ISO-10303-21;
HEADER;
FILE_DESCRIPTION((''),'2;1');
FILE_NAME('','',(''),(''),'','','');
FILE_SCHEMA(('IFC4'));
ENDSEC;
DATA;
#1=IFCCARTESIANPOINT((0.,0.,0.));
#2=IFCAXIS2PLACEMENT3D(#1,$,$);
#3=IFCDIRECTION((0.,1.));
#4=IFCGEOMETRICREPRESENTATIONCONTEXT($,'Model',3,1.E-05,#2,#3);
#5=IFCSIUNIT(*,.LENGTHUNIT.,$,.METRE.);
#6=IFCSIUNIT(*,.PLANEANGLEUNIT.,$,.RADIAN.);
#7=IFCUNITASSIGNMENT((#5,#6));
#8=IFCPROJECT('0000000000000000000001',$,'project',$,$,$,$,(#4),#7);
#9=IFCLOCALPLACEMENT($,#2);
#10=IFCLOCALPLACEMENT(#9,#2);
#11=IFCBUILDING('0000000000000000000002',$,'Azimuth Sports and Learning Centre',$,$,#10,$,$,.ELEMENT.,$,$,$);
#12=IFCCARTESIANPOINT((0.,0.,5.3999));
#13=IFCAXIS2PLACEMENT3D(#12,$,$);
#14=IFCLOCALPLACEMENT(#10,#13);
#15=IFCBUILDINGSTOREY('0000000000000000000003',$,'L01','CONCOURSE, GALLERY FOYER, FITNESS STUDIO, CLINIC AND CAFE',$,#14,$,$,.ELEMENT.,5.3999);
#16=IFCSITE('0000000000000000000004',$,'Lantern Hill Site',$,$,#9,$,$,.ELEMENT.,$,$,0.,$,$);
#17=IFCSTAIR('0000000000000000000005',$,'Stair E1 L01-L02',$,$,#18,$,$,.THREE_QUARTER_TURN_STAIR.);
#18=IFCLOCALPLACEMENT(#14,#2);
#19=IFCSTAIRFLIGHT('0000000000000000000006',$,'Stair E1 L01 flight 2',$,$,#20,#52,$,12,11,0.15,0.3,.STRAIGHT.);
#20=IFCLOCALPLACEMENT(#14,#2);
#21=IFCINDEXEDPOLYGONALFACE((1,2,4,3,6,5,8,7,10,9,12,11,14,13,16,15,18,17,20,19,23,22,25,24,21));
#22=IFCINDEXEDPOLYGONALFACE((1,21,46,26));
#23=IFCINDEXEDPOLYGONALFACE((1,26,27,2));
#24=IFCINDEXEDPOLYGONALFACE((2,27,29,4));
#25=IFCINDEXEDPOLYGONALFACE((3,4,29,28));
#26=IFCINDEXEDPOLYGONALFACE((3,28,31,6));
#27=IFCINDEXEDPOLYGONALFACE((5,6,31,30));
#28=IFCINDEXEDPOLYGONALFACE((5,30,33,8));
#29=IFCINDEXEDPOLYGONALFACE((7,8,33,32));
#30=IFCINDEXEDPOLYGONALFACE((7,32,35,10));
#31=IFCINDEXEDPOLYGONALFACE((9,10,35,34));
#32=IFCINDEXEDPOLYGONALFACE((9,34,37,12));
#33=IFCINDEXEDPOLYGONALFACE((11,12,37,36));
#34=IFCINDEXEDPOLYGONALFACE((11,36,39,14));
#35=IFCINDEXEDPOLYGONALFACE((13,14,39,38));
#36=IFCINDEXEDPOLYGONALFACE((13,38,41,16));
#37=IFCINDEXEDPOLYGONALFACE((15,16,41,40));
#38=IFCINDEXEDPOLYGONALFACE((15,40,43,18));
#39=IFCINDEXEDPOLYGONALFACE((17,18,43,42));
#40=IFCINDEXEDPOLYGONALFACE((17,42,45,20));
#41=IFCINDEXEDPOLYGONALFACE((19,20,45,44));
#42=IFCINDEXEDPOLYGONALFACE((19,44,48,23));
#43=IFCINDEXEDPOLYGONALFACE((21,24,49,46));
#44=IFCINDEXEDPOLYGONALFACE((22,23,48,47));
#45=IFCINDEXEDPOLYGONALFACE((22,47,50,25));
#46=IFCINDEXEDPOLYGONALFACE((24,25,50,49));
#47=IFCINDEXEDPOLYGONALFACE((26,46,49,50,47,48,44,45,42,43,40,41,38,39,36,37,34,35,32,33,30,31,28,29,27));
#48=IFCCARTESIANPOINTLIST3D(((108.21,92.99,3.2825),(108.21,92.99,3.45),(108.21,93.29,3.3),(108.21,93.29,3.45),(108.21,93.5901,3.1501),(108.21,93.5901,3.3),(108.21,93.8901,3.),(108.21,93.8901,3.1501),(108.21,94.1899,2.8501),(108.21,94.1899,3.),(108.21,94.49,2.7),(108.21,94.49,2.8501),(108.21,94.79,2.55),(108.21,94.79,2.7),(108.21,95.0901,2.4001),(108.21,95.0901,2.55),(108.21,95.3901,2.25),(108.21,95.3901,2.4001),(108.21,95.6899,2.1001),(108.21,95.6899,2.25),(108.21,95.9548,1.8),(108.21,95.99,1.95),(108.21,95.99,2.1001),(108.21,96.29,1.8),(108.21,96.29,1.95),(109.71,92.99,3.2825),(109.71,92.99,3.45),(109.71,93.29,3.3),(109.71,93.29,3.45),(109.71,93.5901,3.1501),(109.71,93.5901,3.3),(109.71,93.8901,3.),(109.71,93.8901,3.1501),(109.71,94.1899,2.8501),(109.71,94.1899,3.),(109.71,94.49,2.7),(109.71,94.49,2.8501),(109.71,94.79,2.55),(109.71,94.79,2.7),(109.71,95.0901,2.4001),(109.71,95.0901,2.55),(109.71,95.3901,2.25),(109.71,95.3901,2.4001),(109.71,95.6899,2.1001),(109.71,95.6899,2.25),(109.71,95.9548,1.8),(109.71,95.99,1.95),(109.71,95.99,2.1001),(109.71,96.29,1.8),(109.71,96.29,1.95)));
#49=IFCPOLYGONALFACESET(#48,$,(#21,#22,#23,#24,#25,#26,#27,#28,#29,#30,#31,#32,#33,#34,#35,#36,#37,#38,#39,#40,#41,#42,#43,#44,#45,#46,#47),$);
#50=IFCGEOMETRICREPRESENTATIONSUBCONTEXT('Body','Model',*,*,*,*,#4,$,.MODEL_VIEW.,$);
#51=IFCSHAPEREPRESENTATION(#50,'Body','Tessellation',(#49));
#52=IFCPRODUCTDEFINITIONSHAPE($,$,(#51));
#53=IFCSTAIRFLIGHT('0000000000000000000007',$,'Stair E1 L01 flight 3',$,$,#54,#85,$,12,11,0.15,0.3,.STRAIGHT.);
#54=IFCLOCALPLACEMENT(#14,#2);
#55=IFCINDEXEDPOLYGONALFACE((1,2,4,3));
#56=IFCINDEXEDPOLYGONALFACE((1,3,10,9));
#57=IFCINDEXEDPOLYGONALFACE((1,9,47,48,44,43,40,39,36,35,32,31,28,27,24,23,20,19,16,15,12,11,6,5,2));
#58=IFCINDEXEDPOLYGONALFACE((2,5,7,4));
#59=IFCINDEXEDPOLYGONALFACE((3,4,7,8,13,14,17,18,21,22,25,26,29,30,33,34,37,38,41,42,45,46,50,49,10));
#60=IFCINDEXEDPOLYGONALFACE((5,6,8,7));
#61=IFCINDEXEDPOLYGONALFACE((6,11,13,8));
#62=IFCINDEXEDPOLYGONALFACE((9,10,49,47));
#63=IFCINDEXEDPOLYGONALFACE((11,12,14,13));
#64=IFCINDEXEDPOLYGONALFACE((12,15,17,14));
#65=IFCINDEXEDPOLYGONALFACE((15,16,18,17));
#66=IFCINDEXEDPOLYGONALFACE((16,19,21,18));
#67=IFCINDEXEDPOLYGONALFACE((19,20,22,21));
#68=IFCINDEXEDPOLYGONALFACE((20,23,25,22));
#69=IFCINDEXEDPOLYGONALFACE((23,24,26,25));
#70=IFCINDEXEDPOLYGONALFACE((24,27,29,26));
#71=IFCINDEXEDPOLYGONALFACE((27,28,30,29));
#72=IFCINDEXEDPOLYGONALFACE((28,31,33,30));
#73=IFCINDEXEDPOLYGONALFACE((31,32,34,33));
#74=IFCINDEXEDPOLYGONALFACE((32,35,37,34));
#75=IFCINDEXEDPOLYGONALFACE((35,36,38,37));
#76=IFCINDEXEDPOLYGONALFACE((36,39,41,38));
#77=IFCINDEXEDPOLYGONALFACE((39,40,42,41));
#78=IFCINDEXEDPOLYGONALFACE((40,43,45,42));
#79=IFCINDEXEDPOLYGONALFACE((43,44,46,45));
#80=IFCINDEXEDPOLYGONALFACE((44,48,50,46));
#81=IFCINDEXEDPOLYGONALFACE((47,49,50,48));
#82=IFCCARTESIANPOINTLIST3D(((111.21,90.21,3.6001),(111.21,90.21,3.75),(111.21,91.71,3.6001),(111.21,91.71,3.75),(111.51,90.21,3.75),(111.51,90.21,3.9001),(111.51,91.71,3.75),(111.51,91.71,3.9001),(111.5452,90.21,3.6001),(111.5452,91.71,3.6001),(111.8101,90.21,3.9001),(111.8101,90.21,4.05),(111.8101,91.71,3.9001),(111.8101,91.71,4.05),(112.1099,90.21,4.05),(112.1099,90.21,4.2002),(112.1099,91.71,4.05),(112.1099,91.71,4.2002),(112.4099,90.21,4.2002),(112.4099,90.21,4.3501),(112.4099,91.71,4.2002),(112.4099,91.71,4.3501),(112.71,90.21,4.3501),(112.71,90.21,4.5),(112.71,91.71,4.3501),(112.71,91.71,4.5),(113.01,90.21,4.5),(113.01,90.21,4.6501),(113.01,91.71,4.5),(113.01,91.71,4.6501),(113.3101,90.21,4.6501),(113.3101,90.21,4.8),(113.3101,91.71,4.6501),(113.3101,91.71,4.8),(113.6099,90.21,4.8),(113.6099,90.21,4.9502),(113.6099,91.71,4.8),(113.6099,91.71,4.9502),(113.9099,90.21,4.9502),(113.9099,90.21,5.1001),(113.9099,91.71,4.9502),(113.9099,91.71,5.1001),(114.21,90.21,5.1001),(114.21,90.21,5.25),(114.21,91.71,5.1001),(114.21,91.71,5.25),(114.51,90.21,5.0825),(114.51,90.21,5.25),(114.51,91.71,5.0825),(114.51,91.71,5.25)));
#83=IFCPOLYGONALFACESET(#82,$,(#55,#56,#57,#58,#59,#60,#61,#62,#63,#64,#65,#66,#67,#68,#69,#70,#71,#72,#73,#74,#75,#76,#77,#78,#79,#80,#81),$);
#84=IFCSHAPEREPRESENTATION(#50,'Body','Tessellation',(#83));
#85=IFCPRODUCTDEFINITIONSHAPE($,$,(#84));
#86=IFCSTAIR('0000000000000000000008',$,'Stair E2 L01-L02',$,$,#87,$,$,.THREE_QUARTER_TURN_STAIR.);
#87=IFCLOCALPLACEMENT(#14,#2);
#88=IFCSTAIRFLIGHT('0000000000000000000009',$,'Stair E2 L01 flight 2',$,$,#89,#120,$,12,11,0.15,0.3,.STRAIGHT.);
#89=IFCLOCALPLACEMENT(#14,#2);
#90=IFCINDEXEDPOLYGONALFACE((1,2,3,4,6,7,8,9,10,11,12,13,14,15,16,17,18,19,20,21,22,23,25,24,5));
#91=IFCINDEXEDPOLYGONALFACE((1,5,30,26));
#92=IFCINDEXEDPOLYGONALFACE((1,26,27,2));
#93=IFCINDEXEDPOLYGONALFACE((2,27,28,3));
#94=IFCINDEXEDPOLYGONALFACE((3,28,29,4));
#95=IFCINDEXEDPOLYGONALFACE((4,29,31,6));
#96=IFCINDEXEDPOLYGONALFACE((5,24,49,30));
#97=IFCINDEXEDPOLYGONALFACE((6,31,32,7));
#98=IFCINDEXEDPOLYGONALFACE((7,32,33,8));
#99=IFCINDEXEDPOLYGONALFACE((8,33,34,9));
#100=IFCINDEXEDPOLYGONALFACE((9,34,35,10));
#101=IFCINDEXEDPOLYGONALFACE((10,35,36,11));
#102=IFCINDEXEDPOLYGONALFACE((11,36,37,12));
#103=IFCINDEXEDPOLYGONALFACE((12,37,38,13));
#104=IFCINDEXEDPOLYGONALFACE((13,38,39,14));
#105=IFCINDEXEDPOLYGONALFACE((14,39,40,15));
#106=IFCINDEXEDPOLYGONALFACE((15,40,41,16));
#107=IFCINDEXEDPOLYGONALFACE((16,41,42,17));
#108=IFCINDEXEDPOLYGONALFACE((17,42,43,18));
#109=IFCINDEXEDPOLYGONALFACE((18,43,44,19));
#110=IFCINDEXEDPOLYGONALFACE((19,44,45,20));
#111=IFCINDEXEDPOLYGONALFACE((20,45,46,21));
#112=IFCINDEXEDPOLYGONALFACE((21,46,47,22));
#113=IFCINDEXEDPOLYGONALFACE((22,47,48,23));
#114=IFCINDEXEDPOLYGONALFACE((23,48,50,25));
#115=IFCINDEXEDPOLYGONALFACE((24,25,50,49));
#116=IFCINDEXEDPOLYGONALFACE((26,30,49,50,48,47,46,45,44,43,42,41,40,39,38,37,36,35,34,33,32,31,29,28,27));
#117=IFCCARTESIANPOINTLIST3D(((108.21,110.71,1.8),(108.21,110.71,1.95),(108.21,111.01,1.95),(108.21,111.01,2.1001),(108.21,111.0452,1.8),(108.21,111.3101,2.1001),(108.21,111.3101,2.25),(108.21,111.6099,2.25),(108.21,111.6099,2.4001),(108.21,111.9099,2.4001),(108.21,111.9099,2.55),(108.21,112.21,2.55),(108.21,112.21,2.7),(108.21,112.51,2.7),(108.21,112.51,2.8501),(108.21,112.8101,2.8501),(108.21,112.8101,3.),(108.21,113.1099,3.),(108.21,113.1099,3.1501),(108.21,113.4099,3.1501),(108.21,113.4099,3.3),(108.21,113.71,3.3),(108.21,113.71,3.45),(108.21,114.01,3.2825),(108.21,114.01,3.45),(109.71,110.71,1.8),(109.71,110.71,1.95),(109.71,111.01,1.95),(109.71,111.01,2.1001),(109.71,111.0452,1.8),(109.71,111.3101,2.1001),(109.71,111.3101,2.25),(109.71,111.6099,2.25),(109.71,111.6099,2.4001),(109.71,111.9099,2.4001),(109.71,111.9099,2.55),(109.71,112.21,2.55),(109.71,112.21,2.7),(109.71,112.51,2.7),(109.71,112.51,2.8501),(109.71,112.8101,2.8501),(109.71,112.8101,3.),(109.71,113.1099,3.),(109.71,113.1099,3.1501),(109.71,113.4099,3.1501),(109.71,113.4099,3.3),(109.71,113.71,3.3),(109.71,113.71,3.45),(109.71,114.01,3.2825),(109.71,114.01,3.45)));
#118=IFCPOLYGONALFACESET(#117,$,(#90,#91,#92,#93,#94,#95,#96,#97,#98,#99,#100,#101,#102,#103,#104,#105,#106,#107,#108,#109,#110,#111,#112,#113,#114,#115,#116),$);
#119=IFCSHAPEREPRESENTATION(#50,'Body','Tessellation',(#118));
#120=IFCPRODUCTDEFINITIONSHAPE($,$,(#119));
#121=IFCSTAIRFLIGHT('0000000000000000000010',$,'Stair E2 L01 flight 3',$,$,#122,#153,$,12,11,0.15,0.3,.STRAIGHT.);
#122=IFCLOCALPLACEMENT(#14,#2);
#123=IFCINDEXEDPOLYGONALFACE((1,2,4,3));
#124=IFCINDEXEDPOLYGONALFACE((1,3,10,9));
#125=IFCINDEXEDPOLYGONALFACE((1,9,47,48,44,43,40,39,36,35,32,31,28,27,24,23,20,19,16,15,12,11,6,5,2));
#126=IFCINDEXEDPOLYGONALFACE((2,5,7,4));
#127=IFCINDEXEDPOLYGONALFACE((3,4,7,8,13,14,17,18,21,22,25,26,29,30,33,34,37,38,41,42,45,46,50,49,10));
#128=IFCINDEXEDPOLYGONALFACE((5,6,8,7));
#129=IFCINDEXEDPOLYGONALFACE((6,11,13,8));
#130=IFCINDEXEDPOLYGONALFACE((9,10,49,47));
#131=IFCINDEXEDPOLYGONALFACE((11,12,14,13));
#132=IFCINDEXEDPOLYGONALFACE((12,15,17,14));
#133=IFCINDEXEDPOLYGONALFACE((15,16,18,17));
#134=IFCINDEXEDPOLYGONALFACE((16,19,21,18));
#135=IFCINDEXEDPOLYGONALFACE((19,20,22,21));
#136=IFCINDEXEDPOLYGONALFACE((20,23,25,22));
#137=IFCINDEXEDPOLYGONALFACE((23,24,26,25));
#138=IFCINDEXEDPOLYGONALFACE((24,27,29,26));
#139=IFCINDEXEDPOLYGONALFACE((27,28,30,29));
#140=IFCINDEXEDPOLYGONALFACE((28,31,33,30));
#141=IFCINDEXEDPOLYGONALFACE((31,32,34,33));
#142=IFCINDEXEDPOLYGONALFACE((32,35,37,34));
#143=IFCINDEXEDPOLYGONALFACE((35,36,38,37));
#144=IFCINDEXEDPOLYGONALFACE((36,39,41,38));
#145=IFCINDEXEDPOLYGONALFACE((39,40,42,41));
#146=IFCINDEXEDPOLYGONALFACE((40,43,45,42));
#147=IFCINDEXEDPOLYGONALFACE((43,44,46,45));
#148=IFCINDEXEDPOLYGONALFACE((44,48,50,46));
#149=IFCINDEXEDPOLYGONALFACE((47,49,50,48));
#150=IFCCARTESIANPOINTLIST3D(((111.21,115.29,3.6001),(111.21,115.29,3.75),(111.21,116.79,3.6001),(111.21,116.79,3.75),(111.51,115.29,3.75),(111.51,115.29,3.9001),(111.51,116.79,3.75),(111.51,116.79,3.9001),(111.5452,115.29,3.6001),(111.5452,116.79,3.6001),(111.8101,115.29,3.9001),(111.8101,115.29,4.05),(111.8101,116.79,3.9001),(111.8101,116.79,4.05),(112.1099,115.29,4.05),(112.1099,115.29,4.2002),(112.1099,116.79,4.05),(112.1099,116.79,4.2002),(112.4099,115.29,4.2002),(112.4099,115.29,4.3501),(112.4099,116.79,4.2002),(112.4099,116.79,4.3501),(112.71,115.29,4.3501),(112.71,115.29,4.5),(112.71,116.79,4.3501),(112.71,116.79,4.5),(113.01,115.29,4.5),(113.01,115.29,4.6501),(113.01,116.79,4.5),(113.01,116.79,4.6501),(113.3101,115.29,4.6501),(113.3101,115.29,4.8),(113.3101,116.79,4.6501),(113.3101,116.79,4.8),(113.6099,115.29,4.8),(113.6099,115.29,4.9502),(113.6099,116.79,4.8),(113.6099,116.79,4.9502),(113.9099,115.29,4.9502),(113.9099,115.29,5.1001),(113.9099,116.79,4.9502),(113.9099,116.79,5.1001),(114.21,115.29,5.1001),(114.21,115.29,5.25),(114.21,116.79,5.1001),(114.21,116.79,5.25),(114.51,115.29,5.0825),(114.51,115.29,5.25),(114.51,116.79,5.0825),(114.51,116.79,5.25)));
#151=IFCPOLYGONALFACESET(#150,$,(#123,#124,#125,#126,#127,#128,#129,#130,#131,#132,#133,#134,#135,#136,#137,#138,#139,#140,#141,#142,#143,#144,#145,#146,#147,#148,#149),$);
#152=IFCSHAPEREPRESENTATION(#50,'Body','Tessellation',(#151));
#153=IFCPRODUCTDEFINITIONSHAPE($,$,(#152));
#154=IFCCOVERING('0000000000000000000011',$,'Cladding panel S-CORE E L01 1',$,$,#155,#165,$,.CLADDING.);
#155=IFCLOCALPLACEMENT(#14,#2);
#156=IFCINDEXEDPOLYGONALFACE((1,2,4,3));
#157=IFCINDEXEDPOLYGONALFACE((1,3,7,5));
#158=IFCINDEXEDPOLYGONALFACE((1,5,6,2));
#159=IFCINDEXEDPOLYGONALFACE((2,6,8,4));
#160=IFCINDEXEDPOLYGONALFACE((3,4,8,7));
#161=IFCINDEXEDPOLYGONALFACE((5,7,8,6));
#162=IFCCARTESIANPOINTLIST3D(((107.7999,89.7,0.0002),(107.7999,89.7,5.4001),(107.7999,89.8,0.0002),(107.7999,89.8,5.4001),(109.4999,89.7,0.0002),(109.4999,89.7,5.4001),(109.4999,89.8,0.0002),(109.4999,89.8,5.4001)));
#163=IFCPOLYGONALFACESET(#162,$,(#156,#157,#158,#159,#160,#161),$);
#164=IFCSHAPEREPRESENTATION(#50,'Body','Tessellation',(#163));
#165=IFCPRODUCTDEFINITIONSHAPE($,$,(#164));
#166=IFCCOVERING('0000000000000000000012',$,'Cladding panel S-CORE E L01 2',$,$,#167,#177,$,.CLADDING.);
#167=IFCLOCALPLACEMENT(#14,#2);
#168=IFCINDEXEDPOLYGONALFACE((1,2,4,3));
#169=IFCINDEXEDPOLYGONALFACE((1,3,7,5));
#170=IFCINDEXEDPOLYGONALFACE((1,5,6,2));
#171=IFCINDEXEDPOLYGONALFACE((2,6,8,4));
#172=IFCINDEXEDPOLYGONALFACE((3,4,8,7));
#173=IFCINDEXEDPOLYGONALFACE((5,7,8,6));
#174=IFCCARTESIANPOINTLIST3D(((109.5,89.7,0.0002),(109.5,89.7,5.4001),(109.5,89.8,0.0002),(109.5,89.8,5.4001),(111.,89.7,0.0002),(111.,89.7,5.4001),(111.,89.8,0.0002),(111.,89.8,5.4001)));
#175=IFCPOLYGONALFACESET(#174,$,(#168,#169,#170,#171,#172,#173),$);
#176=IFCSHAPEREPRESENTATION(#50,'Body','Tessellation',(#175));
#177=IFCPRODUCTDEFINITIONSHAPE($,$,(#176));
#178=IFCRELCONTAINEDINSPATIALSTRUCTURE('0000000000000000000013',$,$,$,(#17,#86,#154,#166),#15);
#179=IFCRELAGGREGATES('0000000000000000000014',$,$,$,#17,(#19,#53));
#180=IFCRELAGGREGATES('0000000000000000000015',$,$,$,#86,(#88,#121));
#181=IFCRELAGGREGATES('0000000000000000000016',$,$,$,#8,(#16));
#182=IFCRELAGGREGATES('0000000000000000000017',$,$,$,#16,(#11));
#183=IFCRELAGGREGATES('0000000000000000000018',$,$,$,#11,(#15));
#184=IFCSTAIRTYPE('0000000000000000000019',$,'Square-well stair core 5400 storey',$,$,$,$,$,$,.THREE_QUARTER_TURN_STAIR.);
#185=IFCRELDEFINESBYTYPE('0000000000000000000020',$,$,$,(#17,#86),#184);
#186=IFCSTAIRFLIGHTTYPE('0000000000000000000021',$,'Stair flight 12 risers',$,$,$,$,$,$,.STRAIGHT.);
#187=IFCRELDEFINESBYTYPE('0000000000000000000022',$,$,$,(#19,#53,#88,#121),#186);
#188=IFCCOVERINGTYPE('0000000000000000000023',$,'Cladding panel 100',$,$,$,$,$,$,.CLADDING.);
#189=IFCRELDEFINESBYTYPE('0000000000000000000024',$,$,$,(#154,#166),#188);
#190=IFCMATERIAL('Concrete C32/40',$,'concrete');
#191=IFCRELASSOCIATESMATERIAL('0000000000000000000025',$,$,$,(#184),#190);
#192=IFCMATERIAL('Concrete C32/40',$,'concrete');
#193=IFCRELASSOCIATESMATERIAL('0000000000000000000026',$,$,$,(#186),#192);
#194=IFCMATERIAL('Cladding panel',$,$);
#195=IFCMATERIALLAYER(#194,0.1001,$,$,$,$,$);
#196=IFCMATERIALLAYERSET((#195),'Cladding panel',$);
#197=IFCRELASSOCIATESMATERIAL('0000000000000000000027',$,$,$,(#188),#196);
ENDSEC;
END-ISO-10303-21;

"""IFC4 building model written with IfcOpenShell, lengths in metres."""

from ifc_helpers import new_model, si_unit, direction, frame, origin, origin_2d, place, context, subcontext, project, spatial, polyline, rectangle, outline, extrude, material, layer, layer_set, type_object, element, aggregate, save


model = new_model("IFC4")

# Units and contexts
model_context = context("Model", 3, precision=1e-05, world=origin(), true_north=direction((0.0, 1.0)))
body_context = subcontext(model_context, "Body", "Model", "MODEL_VIEW")
ifc_project = project(units=[si_unit("LENGTHUNIT", "METRE"), si_unit("PLANEANGLEUNIT", "RADIAN")], contexts=[model_context])

# Site, building, storey
site_placement = place(None, origin())
site = spatial("IfcSite", under=ifc_project, at=site_placement, Name="Lantern Hill Site", CompositionType="ELEMENT", RefElevation=0.0)
building_placement = place(site_placement, origin())
building = spatial("IfcBuilding", under=site, at=building_placement, Name="Azimuth Sports and Learning Centre", CompositionType="ELEMENT")
storey_placement = place(building_placement, frame((0.0, 0.0, 5.3999)))
storey = spatial("IfcBuildingStorey", under=building, at=storey_placement, Name="L01", Description="CONCOURSE, GALLERY FOYER, FITNESS STUDIO, CLINIC AND CAFE", CompositionType="ELEMENT", Elevation=5.3999)

# Stairs, stair flights
ifc_material_1 = material(Name="Concrete C32/40", Category="concrete")
stair_type = type_object("IfcStairType", Name="Square-well stair core 5400 storey", PredefinedType="THREE_QUARTER_TURN_STAIR", material=ifc_material_1)
stair_1_placement = place(storey_placement, origin())
stair_1 = element("IfcStair", 1, at=stair_1_placement, inside=storey, type_object=stair_type, Name="Stair E1 L01-L02", PredefinedType="THREE_QUARTER_TURN_STAIR")
ifc_material_2 = material(Name="Concrete C32/40", Category="concrete")
stair_flight_type = type_object("IfcStairFlightType", Name="Stair flight 12 risers", PredefinedType="STRAIGHT", material=ifc_material_2)
stair_flight_1_placement = place(storey_placement, frame((108.96, 96.29, 1.8), z_axis=(0.0, 0.0, 1.0), x_axis=(0.0, -1.0, 0.0)))
stair_flight_1 = element("IfcStairFlight", 2, at=stair_flight_1_placement, type_object=stair_flight_type, Name="Stair E1 L01 flight 2", NumberOfRisers=12, NumberOfTreads=11, PredefinedType="STRAIGHT", RiserHeight=0.15, TreadLength=0.3, context=body_context, shape_type="SweptSolid", body=[
    extrude(outline(polyline([(0.0, 0.0), (0.0, 0.1499), (0.3, 0.1499), (0.3, 0.3), (0.6001, 0.3), (0.6001, 0.45), (0.8999, 0.45), (0.8999, 0.6001), (1.2, 0.6001), (1.2, 0.75), (1.5, 0.75), (1.5, 0.8999), (1.8, 0.8999), (1.8, 1.05), (2.1001, 1.05), (2.1001, 1.2), (2.3999, 1.2), (2.3999, 1.3501), (2.7, 1.3501), (2.7, 1.5), (3.0, 1.5), (3.0, 1.6499), (3.3, 1.6499), (3.3, 1.8), (3.3, 1.4824), (0.3352, 0.0), (0.0, 0.0)])), frame((0.0, 0.75, 0.0), z_axis=(0.0, -1.0, 0.0), x_axis=(1.0, 0.0, 0.0)), (0.0, 0.0, 1.0), 1.5),
])
stair_flight_2_placement = place(storey_placement, frame((111.21, 90.96, 3.6001), z_axis=(0.0, 0.0, 1.0), x_axis=(1.0, 0.0, 0.0)))
stair_flight_2 = element("IfcStairFlight", 3, at=stair_flight_2_placement, type_object=stair_flight_type, Name="Stair E1 L01 flight 3", NumberOfRisers=12, NumberOfTreads=11, PredefinedType="STRAIGHT", RiserHeight=0.15, TreadLength=0.3, context=body_context, shape_type="SweptSolid", body=[
    extrude(outline(polyline([(0.0, 0.0), (0.0, 0.1499), (0.3, 0.1499), (0.3, 0.3), (0.6001, 0.3), (0.6001, 0.45), (0.8999, 0.45), (0.8999, 0.6001), (1.2, 0.6001), (1.2, 0.75), (1.5, 0.75), (1.5, 0.8999), (1.8, 0.8999), (1.8, 1.05), (2.1001, 1.05), (2.1001, 1.2), (2.3999, 1.2), (2.3999, 1.3501), (2.7, 1.3501), (2.7, 1.5), (3.0, 1.5), (3.0, 1.6499), (3.3, 1.6499), (3.3, 1.8), (3.3, 1.4824), (0.3352, 0.0), (0.0, 0.0)])), frame((0.0, 0.75, 0.0), z_axis=(0.0, -1.0, 0.0), x_axis=(1.0, 0.0, 0.0)), (0.0, 0.0, 1.0), 1.5),
])
aggregate(stair_1, [stair_flight_1, stair_flight_2])
stair_2_placement = place(storey_placement, origin())
stair_2 = element("IfcStair", 4, at=stair_2_placement, inside=storey, type_object=stair_type, Name="Stair E2 L01-L02", PredefinedType="THREE_QUARTER_TURN_STAIR")
stair_flight_3_placement = place(storey_placement, frame((108.96, 110.71, 1.8), z_axis=(0.0, 0.0, 1.0), x_axis=(0.0, 1.0, 0.0)))
stair_flight_3 = element("IfcStairFlight", 5, at=stair_flight_3_placement, type_object=stair_flight_type, Name="Stair E2 L01 flight 2", NumberOfRisers=12, NumberOfTreads=11, PredefinedType="STRAIGHT", RiserHeight=0.15, TreadLength=0.3, context=body_context, shape_type="SweptSolid", body=[
    extrude(outline(polyline([(0.0, 0.0), (0.0, 0.1499), (0.3, 0.1499), (0.3, 0.3), (0.6001, 0.3), (0.6001, 0.45), (0.8999, 0.45), (0.8999, 0.6001), (1.2, 0.6001), (1.2, 0.75), (1.5, 0.75), (1.5, 0.8999), (1.8, 0.8999), (1.8, 1.05), (2.1001, 1.05), (2.1001, 1.2), (2.3999, 1.2), (2.3999, 1.3501), (2.7, 1.3501), (2.7, 1.5), (3.0, 1.5), (3.0, 1.6499), (3.3, 1.6499), (3.3, 1.8), (3.3, 1.4824), (0.3352, 0.0), (0.0, 0.0)])), frame((0.0, 0.75, 0.0), z_axis=(0.0, -1.0, 0.0), x_axis=(1.0, 0.0, 0.0)), (0.0, 0.0, 1.0), 1.5),
])
stair_flight_4_placement = place(storey_placement, frame((111.21, 116.04, 3.6001), z_axis=(0.0, 0.0, 1.0), x_axis=(1.0, 0.0, 0.0)))
stair_flight_4 = element("IfcStairFlight", 6, at=stair_flight_4_placement, type_object=stair_flight_type, Name="Stair E2 L01 flight 3", NumberOfRisers=12, NumberOfTreads=11, PredefinedType="STRAIGHT", RiserHeight=0.15, TreadLength=0.3, context=body_context, shape_type="SweptSolid", body=[
    extrude(outline(polyline([(0.0, 0.0), (0.0, 0.1499), (0.3, 0.1499), (0.3, 0.3), (0.6001, 0.3), (0.6001, 0.45), (0.8999, 0.45), (0.8999, 0.6001), (1.2, 0.6001), (1.2, 0.75), (1.5, 0.75), (1.5, 0.8999), (1.8, 0.8999), (1.8, 1.05), (2.1001, 1.05), (2.1001, 1.2), (2.3999, 1.2), (2.3999, 1.3501), (2.7, 1.3501), (2.7, 1.5), (3.0, 1.5), (3.0, 1.6499), (3.3, 1.6499), (3.3, 1.8), (3.3, 1.4824), (0.3352, 0.0), (0.0, 0.0)])), frame((0.0, 0.75, 0.0), z_axis=(0.0, -1.0, 0.0), x_axis=(1.0, 0.0, 0.0)), (0.0, 0.0, 1.0), 1.5),
])
aggregate(stair_2, [stair_flight_3, stair_flight_4])

# Coverings
ifc_material_3 = material(Name="Cladding panel")
ifc_layer_1 = layer(ifc_material_3, 0.1001)
ifc_layer_set_1 = layer_set([ifc_layer_1], Name="Cladding panel")
covering_type = type_object("IfcCoveringType", Name="Cladding panel 100", PredefinedType="CLADDING", material=ifc_layer_set_1)
covering_1_placement = place(storey_placement, frame((108.6499, 89.75, 0.0002), z_axis=(0.0, 0.0, 1.0), x_axis=(1.0, 0.0, 0.0)))
element("IfcCovering", 7, at=covering_1_placement, inside=storey, type_object=covering_type, Name="Cladding panel S-CORE E L01 1", PredefinedType="CLADDING", context=body_context, shape_type="SweptSolid", body=[
    extrude(rectangle(XDim=1.7, YDim=0.1001, at=origin_2d()), origin(), (0.0, 0.0, 1.0), 5.3999),
])
covering_2_placement = place(storey_placement, frame((110.25, 89.75, 0.0002), z_axis=(0.0, 0.0, 1.0), x_axis=(1.0, 0.0, 0.0)))
element("IfcCovering", 8, at=covering_2_placement, inside=storey, type_object=covering_type, Name="Cladding panel S-CORE E L01 2", PredefinedType="CLADDING", context=body_context, shape_type="SweptSolid", body=[
    extrude(rectangle(XDim=1.5, YDim=0.1001, at=origin_2d()), origin(), (0.0, 0.0, 1.0), 5.3999),
])

save(model, "model.ifc")
